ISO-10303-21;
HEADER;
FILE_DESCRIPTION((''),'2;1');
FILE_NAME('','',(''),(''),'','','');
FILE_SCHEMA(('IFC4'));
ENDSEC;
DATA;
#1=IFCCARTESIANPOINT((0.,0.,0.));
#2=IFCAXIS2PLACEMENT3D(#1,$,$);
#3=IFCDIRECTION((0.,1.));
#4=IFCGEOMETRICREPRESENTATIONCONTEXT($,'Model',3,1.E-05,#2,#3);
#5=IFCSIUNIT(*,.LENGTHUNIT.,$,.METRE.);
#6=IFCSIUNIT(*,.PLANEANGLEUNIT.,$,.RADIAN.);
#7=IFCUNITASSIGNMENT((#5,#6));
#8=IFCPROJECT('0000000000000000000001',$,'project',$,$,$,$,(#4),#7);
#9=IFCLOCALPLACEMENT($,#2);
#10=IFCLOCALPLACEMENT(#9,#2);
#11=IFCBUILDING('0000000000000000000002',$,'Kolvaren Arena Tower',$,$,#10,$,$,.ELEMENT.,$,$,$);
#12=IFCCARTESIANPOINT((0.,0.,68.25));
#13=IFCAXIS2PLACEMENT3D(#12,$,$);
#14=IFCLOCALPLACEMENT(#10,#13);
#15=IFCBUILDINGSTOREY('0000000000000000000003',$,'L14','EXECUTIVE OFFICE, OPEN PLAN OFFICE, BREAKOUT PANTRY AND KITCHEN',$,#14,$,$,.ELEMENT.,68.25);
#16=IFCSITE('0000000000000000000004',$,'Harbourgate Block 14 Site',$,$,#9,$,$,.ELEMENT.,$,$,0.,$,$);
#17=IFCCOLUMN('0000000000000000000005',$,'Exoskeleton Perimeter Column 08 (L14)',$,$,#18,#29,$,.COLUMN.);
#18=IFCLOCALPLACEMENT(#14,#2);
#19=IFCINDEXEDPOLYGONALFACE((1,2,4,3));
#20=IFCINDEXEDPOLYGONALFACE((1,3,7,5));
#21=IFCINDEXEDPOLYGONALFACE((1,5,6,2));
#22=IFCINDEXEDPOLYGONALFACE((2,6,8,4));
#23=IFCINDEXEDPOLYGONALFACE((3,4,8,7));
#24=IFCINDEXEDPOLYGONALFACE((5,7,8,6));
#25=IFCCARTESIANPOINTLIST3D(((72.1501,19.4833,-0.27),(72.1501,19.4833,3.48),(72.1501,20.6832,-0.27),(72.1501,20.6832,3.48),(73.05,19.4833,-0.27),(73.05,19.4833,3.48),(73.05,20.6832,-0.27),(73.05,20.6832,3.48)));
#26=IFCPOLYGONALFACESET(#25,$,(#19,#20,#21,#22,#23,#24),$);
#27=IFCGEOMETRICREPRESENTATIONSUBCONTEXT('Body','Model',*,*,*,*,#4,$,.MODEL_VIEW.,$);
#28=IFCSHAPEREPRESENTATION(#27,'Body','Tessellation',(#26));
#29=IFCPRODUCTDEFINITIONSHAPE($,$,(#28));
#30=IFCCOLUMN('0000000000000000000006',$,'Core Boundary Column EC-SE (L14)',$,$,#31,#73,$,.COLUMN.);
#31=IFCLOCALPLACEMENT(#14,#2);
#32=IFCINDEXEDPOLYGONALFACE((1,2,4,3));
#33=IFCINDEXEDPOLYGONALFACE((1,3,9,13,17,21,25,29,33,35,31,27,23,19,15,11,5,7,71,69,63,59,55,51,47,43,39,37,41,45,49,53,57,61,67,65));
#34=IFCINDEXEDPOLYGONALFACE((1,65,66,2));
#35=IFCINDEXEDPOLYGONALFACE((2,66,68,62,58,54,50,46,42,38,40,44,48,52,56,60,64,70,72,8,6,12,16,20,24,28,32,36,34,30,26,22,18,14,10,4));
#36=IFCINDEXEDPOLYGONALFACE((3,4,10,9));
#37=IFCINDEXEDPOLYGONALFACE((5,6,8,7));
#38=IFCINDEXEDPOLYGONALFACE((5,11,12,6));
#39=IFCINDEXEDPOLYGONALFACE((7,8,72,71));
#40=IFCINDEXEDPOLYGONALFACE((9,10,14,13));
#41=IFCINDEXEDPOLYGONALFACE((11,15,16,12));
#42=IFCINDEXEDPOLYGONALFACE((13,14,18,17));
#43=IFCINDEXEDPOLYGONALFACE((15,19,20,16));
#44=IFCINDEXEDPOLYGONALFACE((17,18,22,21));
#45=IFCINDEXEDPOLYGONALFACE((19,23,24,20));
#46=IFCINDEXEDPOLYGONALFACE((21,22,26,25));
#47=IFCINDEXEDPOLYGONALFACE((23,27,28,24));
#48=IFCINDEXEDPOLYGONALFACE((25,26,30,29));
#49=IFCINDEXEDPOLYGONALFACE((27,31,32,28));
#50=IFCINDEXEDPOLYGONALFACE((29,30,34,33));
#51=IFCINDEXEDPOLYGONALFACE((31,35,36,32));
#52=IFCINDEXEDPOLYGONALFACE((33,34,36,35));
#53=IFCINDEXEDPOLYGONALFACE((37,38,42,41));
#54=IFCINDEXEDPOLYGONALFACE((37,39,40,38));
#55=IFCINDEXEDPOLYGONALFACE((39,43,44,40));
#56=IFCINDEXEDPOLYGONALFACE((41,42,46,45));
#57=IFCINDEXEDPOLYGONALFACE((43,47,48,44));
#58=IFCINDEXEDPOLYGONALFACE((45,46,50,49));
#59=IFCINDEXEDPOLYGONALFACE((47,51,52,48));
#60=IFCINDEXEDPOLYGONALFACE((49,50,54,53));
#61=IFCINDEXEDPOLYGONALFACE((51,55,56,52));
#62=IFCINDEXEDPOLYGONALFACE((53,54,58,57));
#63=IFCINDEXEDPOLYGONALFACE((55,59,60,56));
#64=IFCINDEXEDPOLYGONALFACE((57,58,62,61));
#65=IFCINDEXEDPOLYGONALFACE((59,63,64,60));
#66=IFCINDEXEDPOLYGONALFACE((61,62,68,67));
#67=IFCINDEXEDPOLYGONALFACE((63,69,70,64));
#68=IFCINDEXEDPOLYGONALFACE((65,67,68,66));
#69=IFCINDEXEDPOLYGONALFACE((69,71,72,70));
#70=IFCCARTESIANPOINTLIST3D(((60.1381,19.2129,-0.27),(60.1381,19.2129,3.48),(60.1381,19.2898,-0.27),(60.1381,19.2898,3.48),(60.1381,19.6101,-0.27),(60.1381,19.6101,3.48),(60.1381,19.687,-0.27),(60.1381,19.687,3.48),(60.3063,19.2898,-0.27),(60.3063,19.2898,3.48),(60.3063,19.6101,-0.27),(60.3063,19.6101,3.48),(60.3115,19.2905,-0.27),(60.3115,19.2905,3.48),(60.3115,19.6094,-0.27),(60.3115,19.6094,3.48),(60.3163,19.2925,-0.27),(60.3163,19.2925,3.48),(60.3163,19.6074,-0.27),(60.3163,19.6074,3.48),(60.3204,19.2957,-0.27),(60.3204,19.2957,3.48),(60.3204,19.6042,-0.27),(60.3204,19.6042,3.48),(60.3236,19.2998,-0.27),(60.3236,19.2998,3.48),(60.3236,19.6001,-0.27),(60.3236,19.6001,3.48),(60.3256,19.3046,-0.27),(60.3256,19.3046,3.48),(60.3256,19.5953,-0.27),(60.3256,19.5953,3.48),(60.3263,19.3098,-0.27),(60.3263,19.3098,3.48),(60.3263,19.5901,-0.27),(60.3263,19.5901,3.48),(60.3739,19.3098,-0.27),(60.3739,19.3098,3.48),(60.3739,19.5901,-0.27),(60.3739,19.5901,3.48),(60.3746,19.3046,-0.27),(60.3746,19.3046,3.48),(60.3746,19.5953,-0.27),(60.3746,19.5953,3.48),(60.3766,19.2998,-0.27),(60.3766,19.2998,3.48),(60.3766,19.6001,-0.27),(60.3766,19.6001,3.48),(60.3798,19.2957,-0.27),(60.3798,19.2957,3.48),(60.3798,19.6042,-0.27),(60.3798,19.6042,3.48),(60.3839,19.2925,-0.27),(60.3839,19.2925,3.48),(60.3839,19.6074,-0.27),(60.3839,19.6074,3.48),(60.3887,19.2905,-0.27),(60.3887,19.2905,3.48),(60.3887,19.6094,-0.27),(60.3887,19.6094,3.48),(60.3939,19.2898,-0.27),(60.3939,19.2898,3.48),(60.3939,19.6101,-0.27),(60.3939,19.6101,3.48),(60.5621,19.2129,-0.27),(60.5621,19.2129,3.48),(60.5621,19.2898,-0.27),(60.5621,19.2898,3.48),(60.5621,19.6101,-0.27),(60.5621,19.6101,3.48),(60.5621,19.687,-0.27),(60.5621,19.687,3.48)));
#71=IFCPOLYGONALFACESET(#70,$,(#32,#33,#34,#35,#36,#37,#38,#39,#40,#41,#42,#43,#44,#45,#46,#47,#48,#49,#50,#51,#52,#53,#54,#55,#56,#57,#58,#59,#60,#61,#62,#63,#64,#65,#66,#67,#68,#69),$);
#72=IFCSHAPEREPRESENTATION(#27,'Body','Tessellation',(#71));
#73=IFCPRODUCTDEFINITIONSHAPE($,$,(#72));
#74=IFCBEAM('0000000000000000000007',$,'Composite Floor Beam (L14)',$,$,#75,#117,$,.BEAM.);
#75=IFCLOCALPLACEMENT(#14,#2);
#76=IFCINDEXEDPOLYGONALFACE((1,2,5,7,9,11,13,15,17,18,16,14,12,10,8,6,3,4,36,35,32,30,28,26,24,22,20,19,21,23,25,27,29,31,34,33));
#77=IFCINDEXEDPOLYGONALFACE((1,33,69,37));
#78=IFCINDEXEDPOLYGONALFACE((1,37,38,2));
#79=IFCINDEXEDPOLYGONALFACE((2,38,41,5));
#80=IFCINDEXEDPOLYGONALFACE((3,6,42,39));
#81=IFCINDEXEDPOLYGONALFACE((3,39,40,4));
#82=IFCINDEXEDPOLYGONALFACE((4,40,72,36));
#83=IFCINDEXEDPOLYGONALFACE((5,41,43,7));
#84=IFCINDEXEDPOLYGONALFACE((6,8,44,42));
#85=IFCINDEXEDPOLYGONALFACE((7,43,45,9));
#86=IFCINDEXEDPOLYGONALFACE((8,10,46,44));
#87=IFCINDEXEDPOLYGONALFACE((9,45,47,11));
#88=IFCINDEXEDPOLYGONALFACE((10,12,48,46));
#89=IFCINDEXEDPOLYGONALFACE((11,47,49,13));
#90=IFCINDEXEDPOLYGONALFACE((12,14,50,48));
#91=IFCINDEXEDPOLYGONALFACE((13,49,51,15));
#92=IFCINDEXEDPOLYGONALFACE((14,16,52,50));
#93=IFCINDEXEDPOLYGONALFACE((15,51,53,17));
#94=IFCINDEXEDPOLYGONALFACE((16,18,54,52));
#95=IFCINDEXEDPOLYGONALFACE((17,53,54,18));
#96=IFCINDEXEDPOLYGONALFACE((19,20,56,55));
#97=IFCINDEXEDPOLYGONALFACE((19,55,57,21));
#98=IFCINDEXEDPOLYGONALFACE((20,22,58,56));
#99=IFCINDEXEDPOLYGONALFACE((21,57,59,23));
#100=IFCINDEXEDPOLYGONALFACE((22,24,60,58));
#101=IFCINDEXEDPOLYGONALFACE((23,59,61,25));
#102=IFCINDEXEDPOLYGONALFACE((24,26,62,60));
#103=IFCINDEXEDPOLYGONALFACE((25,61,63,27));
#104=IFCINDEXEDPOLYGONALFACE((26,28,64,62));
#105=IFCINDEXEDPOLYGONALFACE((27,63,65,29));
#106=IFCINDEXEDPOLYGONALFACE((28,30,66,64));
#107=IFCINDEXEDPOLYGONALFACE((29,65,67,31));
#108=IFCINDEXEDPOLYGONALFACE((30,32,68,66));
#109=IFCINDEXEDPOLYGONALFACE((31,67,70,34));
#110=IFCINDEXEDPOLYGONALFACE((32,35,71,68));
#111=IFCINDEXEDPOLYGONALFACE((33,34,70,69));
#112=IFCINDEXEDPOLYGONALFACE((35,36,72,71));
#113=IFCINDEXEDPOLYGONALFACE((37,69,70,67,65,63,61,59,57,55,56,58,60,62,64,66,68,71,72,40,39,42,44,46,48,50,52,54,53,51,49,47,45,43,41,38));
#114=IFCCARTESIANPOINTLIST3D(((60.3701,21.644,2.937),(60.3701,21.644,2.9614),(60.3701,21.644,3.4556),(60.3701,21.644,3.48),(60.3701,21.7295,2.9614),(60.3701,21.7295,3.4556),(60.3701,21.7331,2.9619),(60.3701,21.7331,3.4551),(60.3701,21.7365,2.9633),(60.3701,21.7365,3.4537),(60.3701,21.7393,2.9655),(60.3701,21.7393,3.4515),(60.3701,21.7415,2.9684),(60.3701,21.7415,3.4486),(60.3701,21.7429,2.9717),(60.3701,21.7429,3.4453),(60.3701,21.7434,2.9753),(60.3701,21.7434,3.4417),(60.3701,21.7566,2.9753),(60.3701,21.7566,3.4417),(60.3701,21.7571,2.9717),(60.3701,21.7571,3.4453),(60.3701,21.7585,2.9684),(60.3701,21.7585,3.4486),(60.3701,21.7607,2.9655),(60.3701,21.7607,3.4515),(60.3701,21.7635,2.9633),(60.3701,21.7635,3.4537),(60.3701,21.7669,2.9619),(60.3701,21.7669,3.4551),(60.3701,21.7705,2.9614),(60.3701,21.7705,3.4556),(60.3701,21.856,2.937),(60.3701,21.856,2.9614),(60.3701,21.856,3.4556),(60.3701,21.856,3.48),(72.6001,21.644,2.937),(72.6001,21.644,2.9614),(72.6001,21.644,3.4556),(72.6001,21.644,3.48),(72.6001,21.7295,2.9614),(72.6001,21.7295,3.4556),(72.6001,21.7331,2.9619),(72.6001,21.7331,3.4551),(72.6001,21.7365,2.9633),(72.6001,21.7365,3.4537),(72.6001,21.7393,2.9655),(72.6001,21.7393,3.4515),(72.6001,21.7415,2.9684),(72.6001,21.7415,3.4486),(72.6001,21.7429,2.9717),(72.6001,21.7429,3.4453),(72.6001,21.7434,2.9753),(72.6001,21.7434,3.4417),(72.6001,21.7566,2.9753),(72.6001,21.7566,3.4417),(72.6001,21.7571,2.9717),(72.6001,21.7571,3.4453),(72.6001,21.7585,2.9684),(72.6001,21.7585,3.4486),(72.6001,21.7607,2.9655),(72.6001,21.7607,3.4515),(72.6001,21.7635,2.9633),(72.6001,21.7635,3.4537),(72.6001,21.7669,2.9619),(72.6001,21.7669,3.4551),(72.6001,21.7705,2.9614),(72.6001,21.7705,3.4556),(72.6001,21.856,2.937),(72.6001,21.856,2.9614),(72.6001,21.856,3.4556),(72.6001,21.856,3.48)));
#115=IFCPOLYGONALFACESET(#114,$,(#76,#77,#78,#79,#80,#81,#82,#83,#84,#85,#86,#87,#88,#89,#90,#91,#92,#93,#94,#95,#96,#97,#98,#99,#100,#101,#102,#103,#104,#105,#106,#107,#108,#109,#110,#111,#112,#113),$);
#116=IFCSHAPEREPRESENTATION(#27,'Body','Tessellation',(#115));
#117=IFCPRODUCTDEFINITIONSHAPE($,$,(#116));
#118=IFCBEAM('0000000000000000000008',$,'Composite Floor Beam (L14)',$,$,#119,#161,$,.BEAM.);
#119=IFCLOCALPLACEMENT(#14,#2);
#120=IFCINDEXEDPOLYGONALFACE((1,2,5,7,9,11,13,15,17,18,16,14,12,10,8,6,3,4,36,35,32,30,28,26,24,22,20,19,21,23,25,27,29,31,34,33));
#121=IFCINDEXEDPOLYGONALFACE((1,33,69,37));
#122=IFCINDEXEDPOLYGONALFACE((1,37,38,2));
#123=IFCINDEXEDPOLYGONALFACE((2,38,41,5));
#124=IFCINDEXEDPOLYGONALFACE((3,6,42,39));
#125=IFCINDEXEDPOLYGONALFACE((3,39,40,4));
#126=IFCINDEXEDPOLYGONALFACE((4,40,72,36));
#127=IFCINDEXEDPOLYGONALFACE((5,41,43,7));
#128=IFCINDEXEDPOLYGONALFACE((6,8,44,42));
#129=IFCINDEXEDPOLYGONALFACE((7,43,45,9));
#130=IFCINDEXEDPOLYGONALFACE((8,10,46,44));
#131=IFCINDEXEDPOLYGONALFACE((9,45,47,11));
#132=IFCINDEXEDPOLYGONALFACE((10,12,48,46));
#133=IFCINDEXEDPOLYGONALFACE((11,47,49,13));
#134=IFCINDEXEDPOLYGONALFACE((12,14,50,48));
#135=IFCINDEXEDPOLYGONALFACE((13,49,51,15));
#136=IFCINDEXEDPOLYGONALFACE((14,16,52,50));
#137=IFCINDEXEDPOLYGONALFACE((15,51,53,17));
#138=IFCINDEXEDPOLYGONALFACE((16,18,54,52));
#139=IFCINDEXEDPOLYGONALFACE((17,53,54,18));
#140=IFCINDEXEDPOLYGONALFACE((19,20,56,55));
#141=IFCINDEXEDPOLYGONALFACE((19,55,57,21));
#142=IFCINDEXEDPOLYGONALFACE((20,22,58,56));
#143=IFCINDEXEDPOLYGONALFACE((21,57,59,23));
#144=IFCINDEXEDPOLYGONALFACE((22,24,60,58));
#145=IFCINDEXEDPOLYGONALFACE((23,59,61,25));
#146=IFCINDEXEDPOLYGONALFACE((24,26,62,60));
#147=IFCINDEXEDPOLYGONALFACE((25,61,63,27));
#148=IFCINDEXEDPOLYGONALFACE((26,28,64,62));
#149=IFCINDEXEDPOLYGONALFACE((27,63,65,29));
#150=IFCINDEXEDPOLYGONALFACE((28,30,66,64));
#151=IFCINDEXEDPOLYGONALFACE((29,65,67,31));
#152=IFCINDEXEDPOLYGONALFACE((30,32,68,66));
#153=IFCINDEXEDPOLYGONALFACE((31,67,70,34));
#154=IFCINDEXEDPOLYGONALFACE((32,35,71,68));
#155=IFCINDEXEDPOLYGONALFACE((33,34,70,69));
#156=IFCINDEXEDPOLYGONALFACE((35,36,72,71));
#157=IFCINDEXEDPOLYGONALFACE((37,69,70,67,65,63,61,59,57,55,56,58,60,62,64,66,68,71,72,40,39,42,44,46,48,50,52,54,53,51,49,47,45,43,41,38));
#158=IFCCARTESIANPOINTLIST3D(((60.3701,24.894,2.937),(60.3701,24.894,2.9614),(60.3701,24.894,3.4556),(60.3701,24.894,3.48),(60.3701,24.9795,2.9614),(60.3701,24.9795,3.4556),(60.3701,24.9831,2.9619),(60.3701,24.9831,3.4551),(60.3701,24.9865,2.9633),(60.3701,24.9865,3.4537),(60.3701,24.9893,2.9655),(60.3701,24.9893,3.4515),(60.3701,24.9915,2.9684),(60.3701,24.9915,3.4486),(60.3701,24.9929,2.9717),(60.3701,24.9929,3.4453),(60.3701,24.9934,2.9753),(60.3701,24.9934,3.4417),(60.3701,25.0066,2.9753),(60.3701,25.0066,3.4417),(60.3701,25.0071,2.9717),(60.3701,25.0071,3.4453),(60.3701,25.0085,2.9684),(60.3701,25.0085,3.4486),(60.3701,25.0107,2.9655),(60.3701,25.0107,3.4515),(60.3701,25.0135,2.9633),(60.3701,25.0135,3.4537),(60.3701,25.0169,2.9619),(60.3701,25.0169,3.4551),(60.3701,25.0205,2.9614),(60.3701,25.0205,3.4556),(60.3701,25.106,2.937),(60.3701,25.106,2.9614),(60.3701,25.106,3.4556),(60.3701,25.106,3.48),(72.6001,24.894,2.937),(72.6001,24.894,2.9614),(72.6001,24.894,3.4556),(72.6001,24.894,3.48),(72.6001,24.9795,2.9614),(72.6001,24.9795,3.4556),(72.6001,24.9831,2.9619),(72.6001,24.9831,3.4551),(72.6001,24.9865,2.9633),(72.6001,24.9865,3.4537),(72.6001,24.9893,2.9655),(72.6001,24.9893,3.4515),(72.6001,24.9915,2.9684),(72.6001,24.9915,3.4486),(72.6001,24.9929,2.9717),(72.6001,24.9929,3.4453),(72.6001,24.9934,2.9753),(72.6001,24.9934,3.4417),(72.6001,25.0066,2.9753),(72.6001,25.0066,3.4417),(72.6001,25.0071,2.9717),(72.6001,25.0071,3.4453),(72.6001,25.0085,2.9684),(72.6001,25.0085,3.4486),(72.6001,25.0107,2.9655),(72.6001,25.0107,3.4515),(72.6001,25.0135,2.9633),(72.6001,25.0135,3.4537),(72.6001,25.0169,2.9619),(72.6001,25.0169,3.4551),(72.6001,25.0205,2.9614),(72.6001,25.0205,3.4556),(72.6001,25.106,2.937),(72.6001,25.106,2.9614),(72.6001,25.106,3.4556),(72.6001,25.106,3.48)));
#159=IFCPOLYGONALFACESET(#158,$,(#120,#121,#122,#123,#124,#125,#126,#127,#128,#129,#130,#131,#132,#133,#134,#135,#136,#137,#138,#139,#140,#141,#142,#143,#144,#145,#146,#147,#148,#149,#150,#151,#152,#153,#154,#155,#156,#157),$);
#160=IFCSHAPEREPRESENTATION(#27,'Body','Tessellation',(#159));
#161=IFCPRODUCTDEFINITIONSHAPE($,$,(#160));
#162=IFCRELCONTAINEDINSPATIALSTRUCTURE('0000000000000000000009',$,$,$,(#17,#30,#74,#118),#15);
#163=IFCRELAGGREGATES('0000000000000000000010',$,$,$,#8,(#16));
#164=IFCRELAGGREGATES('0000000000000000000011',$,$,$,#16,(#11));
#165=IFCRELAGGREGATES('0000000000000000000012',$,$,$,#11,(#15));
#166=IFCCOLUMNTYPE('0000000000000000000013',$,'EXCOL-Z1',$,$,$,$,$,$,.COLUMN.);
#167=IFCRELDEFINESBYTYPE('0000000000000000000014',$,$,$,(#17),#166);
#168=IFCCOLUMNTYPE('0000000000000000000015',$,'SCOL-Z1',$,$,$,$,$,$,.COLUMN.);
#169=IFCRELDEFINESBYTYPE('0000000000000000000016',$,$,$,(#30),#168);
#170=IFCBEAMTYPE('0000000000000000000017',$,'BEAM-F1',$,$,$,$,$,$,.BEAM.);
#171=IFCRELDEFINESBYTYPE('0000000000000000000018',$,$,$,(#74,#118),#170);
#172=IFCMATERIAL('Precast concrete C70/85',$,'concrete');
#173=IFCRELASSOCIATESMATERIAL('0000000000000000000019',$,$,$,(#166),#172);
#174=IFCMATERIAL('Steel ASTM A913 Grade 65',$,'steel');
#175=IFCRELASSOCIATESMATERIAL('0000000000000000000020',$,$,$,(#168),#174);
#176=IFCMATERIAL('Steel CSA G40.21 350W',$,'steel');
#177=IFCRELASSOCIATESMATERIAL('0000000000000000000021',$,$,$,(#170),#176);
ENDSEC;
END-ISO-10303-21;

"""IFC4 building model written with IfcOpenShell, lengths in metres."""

from ifc_helpers import new_model, si_unit, direction, frame, origin, origin_2d, place, context, subcontext, project, spatial, rectangle, i_section, extrude, material, material_profile, profile_set, type_object, element, save


model = new_model("IFC4")

# Units and contexts
model_context = context("Model", 3, precision=1e-05, world=origin(), true_north=direction((0.0, 1.0)))
body_context = subcontext(model_context, "Body", "Model", "MODEL_VIEW")
ifc_project = project(units=[si_unit("LENGTHUNIT", "METRE"), si_unit("PLANEANGLEUNIT", "RADIAN")], contexts=[model_context])

# Site, building, storey
site_placement = place(None, origin())
site = spatial("IfcSite", under=ifc_project, at=site_placement, Name="Harbourgate Block 14 Site", CompositionType="ELEMENT", RefElevation=0.0)
building_placement = place(site_placement, origin())
building = spatial("IfcBuilding", under=site, at=building_placement, Name="Kolvaren Arena Tower", CompositionType="ELEMENT")
storey_placement = place(building_placement, frame((0.0, 0.0, 68.25)))
storey = spatial("IfcBuildingStorey", under=building, at=storey_placement, Name="L14", Description="EXECUTIVE OFFICE, OPEN PLAN OFFICE, BREAKOUT PANTRY AND KITCHEN", CompositionType="ELEMENT", Elevation=68.25)

# Columns
ifc_material_1 = material(Name="Precast concrete C70/85", Category="concrete")
ifc_material_profile_1 = material_profile(ifc_material_1, rectangle(XDim=1.2, YDim=0.8999, at=origin_2d()), Name="RC-1200x900")
ifc_profile_set_1 = profile_set([ifc_material_profile_1], Name="Precast concrete C70/85")
column_type_1 = type_object("IfcColumnType", Name="EXCOL-Z1", PredefinedType="COLUMN", material=ifc_profile_set_1)
column_1_placement = place(storey_placement, frame((72.6001, 20.0833, -0.27), z_axis=(0.0, 0.0, 1.0), x_axis=(0.0, 1.0, 0.0)))
element("IfcColumn", 1, at=column_1_placement, inside=storey, type_object=column_type_1, Name="Exoskeleton Perimeter Column 08 (L14)", PredefinedType="COLUMN", context=body_context, shape_type="SweptSolid", body=[
    extrude(rectangle(XDim=1.2, YDim=0.8999, at=origin_2d()), origin(), (0.0, 0.0, 1.0), 3.75),
])
ifc_material_2 = material(Name="Steel ASTM A913 Grade 65", Category="steel")
ifc_material_profile_2 = material_profile(ifc_material_2, i_section(OverallWidth=0.4241, OverallDepth=0.4741, WebThickness=0.0476, FlangeThickness=0.0769, FilletRadius=0.02, at=origin_2d()), Name="W360x634")
ifc_profile_set_2 = profile_set([ifc_material_profile_2], Name="Steel ASTM A913 Grade 65")
column_type_2 = type_object("IfcColumnType", Name="SCOL-Z1", PredefinedType="COLUMN", material=ifc_profile_set_2)
column_2_placement = place(storey_placement, frame((60.3501, 19.45, -0.27), z_axis=(0.0, 0.0, 1.0), x_axis=(1.0, 0.0, 0.0)))
element("IfcColumn", 2, at=column_2_placement, inside=storey, type_object=column_type_2, Name="Core Boundary Column EC-SE (L14)", PredefinedType="COLUMN", context=body_context, shape_type="SweptSolid", body=[
    extrude(i_section(OverallWidth=0.4241, OverallDepth=0.4741, WebThickness=0.0476, FlangeThickness=0.0769, FilletRadius=0.02, at=origin_2d()), origin(), (0.0, 0.0, 1.0), 3.75),
])

# Beams
ifc_material_3 = material(Name="Steel CSA G40.21 350W", Category="steel")
ifc_material_profile_3 = material_profile(ifc_material_3, i_section(OverallWidth=0.2119, OverallDepth=0.543, WebThickness=0.0132, FlangeThickness=0.0244, FilletRadius=0.0139, at=origin_2d()), Name="W530x150")
ifc_profile_set_3 = profile_set([ifc_material_profile_3], Name="Steel CSA G40.21 350W")
beam_type_1 = type_object("IfcBeamType", Name="BEAM-F1", PredefinedType="BEAM", material=ifc_profile_set_3)
for number, where, z_axis, x_axis, name in (
    (3, (60.3701, 21.75, 3.2085), (1.0, 0.0, 0.0), (0.0, 1.0, 0.0), "Composite Floor Beam (L14)"),
    (4, (60.3701, 25.0, 3.2085), (1.0, 0.0, 0.0), (0.0, 1.0, 0.0), "Composite Floor Beam (L14)"),
):
    element("IfcBeam", number, at=place(storey_placement, frame(where, z_axis=z_axis, x_axis=x_axis)), inside=storey, type_object=beam_type_1, Name=name, PredefinedType="BEAM", context=body_context, shape_type="SweptSolid", body=[
        extrude(i_section(OverallWidth=0.2119, OverallDepth=0.543, WebThickness=0.0132, FlangeThickness=0.0244, FilletRadius=0.0139, at=origin_2d()), origin(), (0.0, 0.0, 1.0), 12.23),
    ])

save(model, "model.ifc")
